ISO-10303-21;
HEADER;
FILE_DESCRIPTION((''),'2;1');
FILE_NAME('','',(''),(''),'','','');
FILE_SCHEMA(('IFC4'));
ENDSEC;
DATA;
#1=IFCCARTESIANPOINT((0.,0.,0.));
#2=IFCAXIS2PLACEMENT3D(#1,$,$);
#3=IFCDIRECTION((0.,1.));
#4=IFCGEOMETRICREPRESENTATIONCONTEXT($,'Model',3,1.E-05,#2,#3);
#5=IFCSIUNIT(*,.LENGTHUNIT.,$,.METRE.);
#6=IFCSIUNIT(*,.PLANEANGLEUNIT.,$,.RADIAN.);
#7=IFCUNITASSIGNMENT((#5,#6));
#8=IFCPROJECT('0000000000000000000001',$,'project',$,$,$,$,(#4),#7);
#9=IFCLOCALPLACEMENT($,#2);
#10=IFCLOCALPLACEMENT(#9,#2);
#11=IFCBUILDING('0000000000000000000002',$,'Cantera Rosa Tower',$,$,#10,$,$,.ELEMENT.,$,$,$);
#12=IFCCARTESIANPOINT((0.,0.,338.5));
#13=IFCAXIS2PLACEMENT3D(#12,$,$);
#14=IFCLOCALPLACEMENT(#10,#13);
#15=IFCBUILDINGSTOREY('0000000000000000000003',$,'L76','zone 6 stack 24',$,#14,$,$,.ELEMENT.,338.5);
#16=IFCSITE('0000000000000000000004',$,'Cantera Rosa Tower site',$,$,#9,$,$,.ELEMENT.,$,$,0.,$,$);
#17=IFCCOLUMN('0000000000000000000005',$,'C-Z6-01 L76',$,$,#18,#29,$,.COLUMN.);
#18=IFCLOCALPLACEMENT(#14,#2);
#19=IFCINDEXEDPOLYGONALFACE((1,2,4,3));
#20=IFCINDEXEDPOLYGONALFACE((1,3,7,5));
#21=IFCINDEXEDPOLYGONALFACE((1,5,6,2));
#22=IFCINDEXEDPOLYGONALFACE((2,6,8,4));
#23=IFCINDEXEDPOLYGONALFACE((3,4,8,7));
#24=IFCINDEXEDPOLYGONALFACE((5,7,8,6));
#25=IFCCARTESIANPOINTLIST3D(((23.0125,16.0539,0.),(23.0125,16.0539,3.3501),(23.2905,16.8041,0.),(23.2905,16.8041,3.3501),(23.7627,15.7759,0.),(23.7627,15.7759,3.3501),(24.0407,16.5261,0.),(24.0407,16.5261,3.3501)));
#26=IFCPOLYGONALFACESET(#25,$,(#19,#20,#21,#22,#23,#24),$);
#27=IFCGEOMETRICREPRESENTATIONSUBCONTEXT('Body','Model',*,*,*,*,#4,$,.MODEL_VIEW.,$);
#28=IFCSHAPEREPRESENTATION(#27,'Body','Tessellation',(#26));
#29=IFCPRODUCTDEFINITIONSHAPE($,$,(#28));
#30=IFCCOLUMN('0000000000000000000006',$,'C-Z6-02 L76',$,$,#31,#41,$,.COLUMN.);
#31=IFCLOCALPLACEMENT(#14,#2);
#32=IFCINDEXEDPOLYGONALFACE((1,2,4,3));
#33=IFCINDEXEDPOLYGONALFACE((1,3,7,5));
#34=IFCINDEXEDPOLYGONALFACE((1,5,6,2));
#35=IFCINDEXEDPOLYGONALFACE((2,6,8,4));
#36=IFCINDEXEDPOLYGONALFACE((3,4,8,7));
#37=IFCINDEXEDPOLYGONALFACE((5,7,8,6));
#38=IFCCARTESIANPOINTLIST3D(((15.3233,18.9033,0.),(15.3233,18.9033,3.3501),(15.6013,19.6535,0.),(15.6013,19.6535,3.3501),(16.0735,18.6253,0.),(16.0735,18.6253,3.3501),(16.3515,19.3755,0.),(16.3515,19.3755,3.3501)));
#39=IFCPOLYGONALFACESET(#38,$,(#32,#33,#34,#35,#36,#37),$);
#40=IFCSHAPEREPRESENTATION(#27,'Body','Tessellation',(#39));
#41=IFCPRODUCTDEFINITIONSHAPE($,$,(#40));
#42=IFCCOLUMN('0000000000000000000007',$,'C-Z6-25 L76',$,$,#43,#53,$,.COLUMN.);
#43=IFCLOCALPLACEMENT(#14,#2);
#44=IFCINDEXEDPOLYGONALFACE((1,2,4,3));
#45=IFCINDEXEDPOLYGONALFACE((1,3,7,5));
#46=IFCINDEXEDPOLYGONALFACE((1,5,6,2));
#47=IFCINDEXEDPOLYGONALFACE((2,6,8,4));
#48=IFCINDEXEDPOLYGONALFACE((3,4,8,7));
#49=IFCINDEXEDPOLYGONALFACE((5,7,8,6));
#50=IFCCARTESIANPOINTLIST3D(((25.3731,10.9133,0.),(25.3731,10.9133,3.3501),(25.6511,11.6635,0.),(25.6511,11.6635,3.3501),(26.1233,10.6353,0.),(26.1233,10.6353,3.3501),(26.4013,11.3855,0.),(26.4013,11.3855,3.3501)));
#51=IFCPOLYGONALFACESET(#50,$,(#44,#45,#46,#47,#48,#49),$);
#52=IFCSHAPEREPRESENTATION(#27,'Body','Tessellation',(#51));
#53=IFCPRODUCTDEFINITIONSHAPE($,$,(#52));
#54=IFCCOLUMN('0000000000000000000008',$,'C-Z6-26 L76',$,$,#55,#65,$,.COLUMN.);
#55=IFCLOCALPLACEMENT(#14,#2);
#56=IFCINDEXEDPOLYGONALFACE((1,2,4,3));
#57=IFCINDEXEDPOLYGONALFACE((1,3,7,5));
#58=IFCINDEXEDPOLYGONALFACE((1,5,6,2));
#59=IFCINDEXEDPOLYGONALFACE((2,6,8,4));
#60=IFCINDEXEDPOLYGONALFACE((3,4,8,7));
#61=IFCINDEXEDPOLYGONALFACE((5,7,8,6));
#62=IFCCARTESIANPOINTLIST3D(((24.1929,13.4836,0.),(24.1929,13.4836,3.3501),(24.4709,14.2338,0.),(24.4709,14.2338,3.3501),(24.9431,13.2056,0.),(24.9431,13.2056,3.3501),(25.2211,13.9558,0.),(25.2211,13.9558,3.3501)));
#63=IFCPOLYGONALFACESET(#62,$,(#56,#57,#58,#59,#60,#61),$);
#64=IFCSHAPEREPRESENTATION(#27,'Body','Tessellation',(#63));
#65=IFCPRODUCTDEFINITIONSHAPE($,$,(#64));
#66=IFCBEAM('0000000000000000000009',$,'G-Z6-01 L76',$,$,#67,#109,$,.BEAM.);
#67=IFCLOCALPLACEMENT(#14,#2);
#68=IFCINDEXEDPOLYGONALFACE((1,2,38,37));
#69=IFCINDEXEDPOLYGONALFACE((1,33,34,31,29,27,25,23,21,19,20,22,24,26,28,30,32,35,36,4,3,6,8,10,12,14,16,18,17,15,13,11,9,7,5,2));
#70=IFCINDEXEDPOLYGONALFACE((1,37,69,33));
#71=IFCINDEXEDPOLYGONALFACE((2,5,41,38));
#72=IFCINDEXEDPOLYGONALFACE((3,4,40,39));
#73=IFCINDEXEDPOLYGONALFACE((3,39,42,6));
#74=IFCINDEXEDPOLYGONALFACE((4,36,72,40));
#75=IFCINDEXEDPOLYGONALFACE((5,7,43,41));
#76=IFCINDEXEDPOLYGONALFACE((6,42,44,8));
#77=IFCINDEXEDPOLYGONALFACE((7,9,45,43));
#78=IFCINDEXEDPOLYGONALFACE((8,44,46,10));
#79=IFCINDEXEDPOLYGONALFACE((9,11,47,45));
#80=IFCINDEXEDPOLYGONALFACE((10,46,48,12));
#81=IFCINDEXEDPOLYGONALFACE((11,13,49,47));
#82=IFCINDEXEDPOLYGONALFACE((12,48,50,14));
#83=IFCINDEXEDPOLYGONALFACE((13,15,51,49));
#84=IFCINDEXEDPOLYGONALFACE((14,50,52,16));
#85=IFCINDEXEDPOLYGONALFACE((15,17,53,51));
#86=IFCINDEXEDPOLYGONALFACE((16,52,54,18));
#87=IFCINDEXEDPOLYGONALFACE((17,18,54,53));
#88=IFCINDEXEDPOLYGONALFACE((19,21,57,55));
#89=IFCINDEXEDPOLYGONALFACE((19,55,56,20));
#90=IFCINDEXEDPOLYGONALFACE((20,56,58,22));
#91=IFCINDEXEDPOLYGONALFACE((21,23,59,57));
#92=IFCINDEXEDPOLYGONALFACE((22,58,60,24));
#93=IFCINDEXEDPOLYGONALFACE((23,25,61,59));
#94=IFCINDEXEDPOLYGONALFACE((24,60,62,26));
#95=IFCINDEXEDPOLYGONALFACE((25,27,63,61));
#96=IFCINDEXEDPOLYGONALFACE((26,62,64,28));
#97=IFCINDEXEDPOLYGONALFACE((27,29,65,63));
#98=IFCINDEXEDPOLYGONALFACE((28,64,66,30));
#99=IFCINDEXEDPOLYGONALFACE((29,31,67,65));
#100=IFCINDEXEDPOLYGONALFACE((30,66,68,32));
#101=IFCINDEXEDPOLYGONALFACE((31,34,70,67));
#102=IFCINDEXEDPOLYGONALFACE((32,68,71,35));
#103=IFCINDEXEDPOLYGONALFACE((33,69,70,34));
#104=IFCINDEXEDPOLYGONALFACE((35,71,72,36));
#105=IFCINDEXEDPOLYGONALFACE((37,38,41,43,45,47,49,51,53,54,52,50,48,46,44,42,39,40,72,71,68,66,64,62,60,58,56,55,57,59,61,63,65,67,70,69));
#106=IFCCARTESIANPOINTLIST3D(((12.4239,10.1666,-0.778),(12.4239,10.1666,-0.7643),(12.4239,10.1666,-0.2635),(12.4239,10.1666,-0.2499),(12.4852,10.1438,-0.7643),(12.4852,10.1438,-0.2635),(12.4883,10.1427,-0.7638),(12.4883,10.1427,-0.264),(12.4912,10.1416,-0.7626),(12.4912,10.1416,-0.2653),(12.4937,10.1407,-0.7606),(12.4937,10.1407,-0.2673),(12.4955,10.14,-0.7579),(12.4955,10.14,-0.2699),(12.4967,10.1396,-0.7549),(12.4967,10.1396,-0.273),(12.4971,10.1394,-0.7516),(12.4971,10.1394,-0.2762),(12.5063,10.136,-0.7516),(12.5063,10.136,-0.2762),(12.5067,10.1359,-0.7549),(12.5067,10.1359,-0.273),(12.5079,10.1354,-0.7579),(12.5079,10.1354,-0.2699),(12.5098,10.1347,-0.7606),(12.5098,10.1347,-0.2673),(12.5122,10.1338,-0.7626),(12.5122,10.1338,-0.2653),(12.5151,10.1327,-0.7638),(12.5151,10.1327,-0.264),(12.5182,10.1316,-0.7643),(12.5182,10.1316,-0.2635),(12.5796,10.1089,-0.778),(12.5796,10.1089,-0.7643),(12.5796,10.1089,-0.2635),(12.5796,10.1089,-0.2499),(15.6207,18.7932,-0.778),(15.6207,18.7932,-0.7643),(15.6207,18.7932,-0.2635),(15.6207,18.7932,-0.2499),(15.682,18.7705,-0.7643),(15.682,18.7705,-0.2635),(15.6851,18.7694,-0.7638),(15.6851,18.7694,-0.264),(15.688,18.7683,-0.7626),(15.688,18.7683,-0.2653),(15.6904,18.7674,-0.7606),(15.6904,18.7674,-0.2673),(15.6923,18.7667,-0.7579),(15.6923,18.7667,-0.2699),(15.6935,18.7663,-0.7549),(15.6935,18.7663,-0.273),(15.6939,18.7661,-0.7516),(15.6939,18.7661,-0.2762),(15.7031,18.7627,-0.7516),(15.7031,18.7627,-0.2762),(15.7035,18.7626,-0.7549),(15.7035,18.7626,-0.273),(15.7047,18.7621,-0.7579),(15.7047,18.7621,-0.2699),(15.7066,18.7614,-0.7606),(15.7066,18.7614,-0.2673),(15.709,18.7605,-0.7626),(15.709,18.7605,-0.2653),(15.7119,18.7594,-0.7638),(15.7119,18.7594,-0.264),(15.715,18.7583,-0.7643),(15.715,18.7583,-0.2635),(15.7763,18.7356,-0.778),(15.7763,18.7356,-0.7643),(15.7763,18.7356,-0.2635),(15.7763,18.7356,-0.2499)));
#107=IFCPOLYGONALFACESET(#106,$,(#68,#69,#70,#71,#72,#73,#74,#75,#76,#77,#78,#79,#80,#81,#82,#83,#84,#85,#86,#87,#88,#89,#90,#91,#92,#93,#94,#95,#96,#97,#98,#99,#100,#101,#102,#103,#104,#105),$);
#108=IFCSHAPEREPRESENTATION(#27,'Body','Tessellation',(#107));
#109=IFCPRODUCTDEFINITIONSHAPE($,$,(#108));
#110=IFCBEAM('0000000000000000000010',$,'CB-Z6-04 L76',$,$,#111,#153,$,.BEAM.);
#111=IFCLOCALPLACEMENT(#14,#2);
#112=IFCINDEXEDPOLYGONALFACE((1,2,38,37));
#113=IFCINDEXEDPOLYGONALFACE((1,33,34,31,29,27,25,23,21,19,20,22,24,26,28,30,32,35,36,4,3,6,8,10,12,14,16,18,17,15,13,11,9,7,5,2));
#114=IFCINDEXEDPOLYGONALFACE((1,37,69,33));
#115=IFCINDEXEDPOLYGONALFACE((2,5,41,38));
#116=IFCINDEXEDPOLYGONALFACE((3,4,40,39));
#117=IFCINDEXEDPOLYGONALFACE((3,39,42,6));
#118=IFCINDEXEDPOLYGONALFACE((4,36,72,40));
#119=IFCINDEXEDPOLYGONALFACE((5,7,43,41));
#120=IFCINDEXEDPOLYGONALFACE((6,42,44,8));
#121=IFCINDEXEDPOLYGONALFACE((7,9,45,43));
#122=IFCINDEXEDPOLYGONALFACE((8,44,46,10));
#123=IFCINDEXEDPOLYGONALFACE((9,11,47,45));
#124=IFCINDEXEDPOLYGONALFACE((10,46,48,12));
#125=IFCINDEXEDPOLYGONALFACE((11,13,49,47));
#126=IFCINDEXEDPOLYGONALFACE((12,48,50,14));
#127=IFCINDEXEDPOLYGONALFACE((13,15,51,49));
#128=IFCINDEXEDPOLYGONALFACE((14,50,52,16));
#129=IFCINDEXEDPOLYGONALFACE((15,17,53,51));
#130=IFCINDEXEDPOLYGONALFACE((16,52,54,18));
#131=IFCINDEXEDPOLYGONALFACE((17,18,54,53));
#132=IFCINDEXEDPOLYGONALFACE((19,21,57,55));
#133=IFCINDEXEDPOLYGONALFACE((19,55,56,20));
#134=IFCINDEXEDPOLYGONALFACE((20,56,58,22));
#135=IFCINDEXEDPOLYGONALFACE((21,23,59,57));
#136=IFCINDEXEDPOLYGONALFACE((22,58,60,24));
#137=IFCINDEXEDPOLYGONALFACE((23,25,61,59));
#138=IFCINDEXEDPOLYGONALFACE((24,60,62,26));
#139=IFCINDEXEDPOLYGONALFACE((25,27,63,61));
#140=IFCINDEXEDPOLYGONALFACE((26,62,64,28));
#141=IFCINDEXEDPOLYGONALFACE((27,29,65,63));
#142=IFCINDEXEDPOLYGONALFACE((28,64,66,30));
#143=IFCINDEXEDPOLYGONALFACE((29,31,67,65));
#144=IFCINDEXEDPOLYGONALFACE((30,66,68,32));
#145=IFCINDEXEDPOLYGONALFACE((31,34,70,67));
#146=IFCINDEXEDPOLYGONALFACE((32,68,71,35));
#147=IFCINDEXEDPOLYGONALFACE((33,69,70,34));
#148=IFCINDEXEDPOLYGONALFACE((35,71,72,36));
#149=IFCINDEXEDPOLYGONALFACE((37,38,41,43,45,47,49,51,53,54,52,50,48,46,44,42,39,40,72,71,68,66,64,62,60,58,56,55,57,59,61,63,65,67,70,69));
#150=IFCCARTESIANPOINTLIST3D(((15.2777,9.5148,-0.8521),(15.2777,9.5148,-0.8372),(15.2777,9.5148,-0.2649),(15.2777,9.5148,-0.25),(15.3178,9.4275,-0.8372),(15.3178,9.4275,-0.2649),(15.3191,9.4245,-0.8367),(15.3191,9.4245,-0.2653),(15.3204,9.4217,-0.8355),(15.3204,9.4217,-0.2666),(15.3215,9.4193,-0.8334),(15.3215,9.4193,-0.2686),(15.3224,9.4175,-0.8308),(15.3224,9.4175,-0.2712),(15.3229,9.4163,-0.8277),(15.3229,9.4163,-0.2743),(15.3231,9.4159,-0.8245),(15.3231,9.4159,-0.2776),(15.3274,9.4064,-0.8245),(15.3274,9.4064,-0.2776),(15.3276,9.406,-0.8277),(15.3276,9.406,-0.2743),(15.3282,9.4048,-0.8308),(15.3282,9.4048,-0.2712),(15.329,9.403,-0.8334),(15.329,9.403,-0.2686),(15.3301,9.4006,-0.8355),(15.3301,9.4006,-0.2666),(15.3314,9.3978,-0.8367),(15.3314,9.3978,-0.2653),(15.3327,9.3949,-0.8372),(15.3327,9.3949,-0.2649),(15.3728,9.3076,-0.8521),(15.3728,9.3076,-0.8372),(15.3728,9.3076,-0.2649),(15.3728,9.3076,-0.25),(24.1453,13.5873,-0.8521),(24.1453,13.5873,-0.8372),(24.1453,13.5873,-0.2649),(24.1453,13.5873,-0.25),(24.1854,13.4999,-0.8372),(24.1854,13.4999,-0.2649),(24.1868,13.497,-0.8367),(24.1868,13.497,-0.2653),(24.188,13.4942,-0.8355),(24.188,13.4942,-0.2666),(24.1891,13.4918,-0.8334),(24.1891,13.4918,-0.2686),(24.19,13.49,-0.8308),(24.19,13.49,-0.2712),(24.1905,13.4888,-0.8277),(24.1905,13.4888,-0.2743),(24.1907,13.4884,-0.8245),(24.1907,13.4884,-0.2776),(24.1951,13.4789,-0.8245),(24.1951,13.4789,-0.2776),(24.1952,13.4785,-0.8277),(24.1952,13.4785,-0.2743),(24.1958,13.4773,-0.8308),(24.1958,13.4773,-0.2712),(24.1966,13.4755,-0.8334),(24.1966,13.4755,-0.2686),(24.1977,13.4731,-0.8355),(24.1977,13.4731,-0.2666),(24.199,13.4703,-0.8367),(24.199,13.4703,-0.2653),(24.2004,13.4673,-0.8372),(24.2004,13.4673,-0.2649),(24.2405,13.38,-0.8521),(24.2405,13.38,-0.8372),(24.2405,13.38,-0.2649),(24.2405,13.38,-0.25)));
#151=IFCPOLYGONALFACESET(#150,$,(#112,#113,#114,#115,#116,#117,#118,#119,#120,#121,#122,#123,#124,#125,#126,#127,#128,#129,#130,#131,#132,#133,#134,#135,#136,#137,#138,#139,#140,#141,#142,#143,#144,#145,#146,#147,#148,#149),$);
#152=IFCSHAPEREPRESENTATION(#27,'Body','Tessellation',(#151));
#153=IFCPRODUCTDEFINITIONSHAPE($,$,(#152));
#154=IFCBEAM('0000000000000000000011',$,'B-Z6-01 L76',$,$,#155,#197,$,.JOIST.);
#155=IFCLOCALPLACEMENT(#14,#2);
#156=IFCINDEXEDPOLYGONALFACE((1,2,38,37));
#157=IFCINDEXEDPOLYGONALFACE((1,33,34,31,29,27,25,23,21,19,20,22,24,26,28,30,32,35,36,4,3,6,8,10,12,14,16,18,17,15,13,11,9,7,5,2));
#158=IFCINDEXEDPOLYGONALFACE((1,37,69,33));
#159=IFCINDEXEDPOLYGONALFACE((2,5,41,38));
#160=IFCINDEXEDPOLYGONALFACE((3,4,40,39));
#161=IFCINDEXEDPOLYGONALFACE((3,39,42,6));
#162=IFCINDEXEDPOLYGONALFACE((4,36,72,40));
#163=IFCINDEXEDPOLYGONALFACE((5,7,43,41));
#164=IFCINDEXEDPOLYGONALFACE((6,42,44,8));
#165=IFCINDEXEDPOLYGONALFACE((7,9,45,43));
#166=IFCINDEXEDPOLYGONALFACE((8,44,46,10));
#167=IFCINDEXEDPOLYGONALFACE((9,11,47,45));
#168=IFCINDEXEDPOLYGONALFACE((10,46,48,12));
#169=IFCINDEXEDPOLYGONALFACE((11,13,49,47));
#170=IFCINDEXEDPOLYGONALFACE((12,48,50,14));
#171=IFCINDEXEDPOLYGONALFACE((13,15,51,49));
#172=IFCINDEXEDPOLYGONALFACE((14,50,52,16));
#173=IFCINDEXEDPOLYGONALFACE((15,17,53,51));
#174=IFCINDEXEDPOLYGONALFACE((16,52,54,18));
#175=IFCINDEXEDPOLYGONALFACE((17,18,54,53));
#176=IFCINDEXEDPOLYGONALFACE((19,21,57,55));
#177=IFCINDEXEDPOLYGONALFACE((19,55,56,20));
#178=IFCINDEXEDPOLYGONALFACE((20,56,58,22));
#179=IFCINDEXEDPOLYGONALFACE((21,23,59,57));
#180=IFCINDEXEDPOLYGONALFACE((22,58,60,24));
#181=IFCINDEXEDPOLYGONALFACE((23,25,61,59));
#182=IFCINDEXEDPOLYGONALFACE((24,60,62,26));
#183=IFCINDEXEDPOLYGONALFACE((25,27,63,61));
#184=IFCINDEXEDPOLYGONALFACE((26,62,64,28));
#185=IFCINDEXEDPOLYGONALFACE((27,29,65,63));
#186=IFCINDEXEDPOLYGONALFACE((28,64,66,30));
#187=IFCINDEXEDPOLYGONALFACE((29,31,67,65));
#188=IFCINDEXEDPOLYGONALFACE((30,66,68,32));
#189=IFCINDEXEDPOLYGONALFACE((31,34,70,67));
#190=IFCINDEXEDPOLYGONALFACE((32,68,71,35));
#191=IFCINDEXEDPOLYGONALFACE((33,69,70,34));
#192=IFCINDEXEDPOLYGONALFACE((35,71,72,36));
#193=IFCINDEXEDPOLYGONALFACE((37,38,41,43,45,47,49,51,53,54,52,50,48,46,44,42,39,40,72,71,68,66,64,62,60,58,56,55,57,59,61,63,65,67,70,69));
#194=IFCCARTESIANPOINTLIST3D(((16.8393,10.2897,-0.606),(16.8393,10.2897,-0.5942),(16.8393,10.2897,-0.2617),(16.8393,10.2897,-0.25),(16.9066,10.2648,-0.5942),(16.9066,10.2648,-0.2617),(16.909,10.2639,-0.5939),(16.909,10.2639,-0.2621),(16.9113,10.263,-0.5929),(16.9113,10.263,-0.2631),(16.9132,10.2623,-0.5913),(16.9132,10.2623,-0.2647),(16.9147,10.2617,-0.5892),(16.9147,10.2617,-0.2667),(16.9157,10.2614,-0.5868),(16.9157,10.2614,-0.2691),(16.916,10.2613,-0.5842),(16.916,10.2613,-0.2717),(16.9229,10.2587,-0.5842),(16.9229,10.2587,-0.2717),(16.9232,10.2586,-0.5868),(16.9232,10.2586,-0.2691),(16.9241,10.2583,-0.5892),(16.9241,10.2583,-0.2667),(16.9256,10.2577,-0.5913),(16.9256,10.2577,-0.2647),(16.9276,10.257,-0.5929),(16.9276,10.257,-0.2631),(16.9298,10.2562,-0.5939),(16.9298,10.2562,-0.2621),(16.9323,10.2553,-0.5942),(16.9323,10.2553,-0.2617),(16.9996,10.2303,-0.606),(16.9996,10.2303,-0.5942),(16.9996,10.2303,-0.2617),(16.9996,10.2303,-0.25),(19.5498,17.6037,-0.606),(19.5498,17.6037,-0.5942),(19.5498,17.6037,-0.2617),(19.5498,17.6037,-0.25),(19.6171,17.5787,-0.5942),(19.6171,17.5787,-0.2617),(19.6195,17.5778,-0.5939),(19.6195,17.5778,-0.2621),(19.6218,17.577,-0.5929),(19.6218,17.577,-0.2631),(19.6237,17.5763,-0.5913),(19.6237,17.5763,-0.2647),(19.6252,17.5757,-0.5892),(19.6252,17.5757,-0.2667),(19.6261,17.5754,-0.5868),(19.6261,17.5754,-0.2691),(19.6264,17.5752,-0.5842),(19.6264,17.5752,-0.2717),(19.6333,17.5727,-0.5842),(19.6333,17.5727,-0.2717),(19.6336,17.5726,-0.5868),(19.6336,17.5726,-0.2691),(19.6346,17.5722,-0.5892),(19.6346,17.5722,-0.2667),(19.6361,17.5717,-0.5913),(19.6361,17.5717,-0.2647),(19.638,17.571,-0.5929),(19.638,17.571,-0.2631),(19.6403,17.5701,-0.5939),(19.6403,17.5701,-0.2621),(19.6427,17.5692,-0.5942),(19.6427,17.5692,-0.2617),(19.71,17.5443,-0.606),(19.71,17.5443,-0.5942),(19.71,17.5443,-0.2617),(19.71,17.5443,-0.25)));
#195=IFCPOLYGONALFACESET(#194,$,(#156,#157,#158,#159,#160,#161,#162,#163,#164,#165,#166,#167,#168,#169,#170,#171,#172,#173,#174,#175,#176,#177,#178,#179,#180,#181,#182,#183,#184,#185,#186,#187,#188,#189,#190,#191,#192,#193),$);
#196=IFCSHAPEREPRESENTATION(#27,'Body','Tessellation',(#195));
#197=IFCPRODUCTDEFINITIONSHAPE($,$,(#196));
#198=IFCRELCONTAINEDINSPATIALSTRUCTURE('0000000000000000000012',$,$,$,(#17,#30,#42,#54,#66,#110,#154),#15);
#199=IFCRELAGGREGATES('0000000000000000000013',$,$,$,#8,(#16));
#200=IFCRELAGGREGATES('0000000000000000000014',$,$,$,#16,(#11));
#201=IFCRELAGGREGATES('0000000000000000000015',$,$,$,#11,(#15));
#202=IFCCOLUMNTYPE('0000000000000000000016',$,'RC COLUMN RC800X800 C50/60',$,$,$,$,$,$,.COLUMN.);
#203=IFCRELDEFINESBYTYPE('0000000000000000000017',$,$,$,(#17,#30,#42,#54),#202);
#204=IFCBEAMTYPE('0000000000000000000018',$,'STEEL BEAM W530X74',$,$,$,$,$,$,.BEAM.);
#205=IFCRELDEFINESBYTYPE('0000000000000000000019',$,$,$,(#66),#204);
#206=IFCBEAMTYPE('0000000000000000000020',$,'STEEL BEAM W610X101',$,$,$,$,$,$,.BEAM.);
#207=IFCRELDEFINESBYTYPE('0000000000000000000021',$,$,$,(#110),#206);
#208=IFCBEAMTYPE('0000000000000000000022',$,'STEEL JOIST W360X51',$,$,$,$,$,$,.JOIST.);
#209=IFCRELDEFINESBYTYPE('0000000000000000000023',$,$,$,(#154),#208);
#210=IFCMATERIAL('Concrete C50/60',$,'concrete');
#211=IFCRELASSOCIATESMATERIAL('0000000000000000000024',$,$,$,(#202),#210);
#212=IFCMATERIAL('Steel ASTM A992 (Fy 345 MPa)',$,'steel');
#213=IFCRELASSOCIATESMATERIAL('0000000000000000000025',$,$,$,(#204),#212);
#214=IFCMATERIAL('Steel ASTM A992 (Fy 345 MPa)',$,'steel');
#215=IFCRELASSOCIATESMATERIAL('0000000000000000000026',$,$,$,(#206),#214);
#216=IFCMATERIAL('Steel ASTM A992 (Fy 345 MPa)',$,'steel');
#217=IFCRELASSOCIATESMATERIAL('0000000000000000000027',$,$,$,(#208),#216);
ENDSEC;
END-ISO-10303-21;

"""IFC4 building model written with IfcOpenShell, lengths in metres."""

from ifc_helpers import new_model, si_unit, direction, frame, origin, origin_2d, place, context, subcontext, project, spatial, rectangle, i_section, extrude, material, material_profile, profile_set, type_object, element, save


model = new_model("IFC4")

# Units and contexts
model_context = context("Model", 3, precision=1e-05, world=origin(), true_north=direction((0.0, 1.0)))
body_context = subcontext(model_context, "Body", "Model", "MODEL_VIEW")
ifc_project = project(units=[si_unit("LENGTHUNIT", "METRE"), si_unit("PLANEANGLEUNIT", "RADIAN")], contexts=[model_context])

# Site, building, storey
site_placement = place(None, origin())
site = spatial("IfcSite", under=ifc_project, at=site_placement, Name="Cantera Rosa Tower site", CompositionType="ELEMENT", RefElevation=0.0)
building_placement = place(site_placement, origin())
building = spatial("IfcBuilding", under=site, at=building_placement, Name="Cantera Rosa Tower", CompositionType="ELEMENT")
storey_placement = place(building_placement, frame((0.0, 0.0, 338.5)))
storey = spatial("IfcBuildingStorey", under=building, at=storey_placement, Name="L76", Description="zone 6 stack 24", CompositionType="ELEMENT", Elevation=338.5)

# Columns
ifc_material_1 = material(Name="Concrete C50/60", Category="concrete")
ifc_material_profile_1 = material_profile(ifc_material_1, rectangle(XDim=0.8, YDim=0.8, at=origin_2d()), Name="RC COLUMN RC800X800 C50/60")
ifc_profile_set_1 = profile_set([ifc_material_profile_1], Name="Concrete C50/60")
column_type = type_object("IfcColumnType", Name="RC COLUMN RC800X800 C50/60", PredefinedType="COLUMN", material=ifc_profile_set_1)
for number, where, z_axis, x_axis, name in (
    (1, (23.5266, 16.29, 0.0), (0.0, 0.0, 1.0), (0.347481, 0.937687, 0.0), "C-Z6-01 L76"),
    (2, (15.8374, 19.1394, 0.0), (0.0, 0.0, 1.0), (0.347481, 0.937687, 0.0), "C-Z6-02 L76"),
    (3, (25.8872, 11.1494, 0.0), (0.0, 0.0, 1.0), (0.347481, 0.937687, 0.0), "C-Z6-25 L76"),
    (4, (24.707, 13.7197, 0.0), (0.0, 0.0, 1.0), (0.347481, 0.937687, 0.0), "C-Z6-26 L76"),
):
    element("IfcColumn", number, at=place(storey_placement, frame(where, z_axis=z_axis, x_axis=x_axis)), inside=storey, type_object=column_type, Name=name, PredefinedType="COLUMN", context=body_context, shape_type="SweptSolid", body=[
        extrude(rectangle(XDim=0.8, YDim=0.8, at=origin_2d()), origin(), (0.0, 0.0, 1.0), 3.3501),
    ])

# Beams
ifc_material_2 = material(Name="Steel ASTM A992 (Fy 345 MPa)", Category="steel")
ifc_material_profile_2 = material_profile(ifc_material_2, i_section(OverallWidth=0.166, OverallDepth=0.5281, WebThickness=0.0098, FlangeThickness=0.0137, FilletRadius=0.0127, at=origin_2d()), Name="W530X74")
ifc_profile_set_2 = profile_set([ifc_material_profile_2], Name="Steel ASTM A992 (Fy 345 MPa)")
beam_type_1 = type_object("IfcBeamType", Name="STEEL BEAM W530X74", PredefinedType="BEAM", material=ifc_profile_set_2)
beam_1_placement = place(storey_placement, frame((15.6985, 18.7644, -0.5139), z_axis=(-0.347477, -0.937689, 0.0), x_axis=(0.937689, -0.347477, 0.0)))
element("IfcBeam", 5, at=beam_1_placement, inside=storey, type_object=beam_type_1, Name="G-Z6-01 L76", PredefinedType="BEAM", context=body_context, shape_type="SweptSolid", body=[
    extrude(i_section(OverallWidth=0.166, OverallDepth=0.5281, WebThickness=0.0098, FlangeThickness=0.0137, FilletRadius=0.0127, at=origin_2d()), origin(), (0.0, 0.0, 1.0), 9.2),
])
ifc_material_3 = material(Name="Steel ASTM A992 (Fy 345 MPa)", Category="steel")
ifc_material_profile_3 = material_profile(ifc_material_3, i_section(OverallWidth=0.228, OverallDepth=0.6021, WebThickness=0.0105, FlangeThickness=0.0149, FilletRadius=0.0127, at=origin_2d()), Name="W610X101")
ifc_profile_set_3 = profile_set([ifc_material_profile_3], Name="Steel ASTM A992 (Fy 345 MPa)")
beam_type_2 = type_object("IfcBeamType", Name="STEEL BEAM W610X101", PredefinedType="BEAM", material=ifc_profile_set_3)
beam_2_placement = place(storey_placement, frame((24.1929, 13.4836, -0.551), z_axis=(-0.908748, -0.417346, 0.0), x_axis=(0.417346, -0.908748, 0.0)))
element("IfcBeam", 6, at=beam_2_placement, inside=storey, type_object=beam_type_2, Name="CB-Z6-04 L76", PredefinedType="BEAM", context=body_context, shape_type="SweptSolid", body=[
    extrude(i_section(OverallWidth=0.228, OverallDepth=0.6021, WebThickness=0.0105, FlangeThickness=0.0149, FilletRadius=0.0127, at=origin_2d()), origin(), (0.0, 0.0, 1.0), 9.7581),
])
ifc_material_4 = material(Name="Steel ASTM A992 (Fy 345 MPa)", Category="steel")
ifc_material_profile_4 = material_profile(ifc_material_4, i_section(OverallWidth=0.1709, OverallDepth=0.356, WebThickness=0.0073, FlangeThickness=0.0117, FilletRadius=0.01, at=origin_2d()), Name="W360X51")
ifc_profile_set_4 = profile_set([ifc_material_profile_4], Name="Steel ASTM A992 (Fy 345 MPa)")
beam_type_3 = type_object("IfcBeamType", Name="STEEL JOIST W360X51", PredefinedType="JOIST", material=ifc_profile_set_4)
beam_3_placement = place(storey_placement, frame((19.6299, 17.574, -0.428), z_axis=(-0.347492, -0.937683, 0.0), x_axis=(0.937683, -0.347492, 0.0)))
element("IfcBeam", 7, at=beam_3_placement, inside=storey, type_object=beam_type_3, Name="B-Z6-01 L76", PredefinedType="JOIST", context=body_context, shape_type="SweptSolid", body=[
    extrude(i_section(OverallWidth=0.1709, OverallDepth=0.356, WebThickness=0.0073, FlangeThickness=0.0117, FilletRadius=0.01, at=origin_2d()), origin(), (0.0, 0.0, 1.0), 7.8),
])

save(model, "model.ifc")
